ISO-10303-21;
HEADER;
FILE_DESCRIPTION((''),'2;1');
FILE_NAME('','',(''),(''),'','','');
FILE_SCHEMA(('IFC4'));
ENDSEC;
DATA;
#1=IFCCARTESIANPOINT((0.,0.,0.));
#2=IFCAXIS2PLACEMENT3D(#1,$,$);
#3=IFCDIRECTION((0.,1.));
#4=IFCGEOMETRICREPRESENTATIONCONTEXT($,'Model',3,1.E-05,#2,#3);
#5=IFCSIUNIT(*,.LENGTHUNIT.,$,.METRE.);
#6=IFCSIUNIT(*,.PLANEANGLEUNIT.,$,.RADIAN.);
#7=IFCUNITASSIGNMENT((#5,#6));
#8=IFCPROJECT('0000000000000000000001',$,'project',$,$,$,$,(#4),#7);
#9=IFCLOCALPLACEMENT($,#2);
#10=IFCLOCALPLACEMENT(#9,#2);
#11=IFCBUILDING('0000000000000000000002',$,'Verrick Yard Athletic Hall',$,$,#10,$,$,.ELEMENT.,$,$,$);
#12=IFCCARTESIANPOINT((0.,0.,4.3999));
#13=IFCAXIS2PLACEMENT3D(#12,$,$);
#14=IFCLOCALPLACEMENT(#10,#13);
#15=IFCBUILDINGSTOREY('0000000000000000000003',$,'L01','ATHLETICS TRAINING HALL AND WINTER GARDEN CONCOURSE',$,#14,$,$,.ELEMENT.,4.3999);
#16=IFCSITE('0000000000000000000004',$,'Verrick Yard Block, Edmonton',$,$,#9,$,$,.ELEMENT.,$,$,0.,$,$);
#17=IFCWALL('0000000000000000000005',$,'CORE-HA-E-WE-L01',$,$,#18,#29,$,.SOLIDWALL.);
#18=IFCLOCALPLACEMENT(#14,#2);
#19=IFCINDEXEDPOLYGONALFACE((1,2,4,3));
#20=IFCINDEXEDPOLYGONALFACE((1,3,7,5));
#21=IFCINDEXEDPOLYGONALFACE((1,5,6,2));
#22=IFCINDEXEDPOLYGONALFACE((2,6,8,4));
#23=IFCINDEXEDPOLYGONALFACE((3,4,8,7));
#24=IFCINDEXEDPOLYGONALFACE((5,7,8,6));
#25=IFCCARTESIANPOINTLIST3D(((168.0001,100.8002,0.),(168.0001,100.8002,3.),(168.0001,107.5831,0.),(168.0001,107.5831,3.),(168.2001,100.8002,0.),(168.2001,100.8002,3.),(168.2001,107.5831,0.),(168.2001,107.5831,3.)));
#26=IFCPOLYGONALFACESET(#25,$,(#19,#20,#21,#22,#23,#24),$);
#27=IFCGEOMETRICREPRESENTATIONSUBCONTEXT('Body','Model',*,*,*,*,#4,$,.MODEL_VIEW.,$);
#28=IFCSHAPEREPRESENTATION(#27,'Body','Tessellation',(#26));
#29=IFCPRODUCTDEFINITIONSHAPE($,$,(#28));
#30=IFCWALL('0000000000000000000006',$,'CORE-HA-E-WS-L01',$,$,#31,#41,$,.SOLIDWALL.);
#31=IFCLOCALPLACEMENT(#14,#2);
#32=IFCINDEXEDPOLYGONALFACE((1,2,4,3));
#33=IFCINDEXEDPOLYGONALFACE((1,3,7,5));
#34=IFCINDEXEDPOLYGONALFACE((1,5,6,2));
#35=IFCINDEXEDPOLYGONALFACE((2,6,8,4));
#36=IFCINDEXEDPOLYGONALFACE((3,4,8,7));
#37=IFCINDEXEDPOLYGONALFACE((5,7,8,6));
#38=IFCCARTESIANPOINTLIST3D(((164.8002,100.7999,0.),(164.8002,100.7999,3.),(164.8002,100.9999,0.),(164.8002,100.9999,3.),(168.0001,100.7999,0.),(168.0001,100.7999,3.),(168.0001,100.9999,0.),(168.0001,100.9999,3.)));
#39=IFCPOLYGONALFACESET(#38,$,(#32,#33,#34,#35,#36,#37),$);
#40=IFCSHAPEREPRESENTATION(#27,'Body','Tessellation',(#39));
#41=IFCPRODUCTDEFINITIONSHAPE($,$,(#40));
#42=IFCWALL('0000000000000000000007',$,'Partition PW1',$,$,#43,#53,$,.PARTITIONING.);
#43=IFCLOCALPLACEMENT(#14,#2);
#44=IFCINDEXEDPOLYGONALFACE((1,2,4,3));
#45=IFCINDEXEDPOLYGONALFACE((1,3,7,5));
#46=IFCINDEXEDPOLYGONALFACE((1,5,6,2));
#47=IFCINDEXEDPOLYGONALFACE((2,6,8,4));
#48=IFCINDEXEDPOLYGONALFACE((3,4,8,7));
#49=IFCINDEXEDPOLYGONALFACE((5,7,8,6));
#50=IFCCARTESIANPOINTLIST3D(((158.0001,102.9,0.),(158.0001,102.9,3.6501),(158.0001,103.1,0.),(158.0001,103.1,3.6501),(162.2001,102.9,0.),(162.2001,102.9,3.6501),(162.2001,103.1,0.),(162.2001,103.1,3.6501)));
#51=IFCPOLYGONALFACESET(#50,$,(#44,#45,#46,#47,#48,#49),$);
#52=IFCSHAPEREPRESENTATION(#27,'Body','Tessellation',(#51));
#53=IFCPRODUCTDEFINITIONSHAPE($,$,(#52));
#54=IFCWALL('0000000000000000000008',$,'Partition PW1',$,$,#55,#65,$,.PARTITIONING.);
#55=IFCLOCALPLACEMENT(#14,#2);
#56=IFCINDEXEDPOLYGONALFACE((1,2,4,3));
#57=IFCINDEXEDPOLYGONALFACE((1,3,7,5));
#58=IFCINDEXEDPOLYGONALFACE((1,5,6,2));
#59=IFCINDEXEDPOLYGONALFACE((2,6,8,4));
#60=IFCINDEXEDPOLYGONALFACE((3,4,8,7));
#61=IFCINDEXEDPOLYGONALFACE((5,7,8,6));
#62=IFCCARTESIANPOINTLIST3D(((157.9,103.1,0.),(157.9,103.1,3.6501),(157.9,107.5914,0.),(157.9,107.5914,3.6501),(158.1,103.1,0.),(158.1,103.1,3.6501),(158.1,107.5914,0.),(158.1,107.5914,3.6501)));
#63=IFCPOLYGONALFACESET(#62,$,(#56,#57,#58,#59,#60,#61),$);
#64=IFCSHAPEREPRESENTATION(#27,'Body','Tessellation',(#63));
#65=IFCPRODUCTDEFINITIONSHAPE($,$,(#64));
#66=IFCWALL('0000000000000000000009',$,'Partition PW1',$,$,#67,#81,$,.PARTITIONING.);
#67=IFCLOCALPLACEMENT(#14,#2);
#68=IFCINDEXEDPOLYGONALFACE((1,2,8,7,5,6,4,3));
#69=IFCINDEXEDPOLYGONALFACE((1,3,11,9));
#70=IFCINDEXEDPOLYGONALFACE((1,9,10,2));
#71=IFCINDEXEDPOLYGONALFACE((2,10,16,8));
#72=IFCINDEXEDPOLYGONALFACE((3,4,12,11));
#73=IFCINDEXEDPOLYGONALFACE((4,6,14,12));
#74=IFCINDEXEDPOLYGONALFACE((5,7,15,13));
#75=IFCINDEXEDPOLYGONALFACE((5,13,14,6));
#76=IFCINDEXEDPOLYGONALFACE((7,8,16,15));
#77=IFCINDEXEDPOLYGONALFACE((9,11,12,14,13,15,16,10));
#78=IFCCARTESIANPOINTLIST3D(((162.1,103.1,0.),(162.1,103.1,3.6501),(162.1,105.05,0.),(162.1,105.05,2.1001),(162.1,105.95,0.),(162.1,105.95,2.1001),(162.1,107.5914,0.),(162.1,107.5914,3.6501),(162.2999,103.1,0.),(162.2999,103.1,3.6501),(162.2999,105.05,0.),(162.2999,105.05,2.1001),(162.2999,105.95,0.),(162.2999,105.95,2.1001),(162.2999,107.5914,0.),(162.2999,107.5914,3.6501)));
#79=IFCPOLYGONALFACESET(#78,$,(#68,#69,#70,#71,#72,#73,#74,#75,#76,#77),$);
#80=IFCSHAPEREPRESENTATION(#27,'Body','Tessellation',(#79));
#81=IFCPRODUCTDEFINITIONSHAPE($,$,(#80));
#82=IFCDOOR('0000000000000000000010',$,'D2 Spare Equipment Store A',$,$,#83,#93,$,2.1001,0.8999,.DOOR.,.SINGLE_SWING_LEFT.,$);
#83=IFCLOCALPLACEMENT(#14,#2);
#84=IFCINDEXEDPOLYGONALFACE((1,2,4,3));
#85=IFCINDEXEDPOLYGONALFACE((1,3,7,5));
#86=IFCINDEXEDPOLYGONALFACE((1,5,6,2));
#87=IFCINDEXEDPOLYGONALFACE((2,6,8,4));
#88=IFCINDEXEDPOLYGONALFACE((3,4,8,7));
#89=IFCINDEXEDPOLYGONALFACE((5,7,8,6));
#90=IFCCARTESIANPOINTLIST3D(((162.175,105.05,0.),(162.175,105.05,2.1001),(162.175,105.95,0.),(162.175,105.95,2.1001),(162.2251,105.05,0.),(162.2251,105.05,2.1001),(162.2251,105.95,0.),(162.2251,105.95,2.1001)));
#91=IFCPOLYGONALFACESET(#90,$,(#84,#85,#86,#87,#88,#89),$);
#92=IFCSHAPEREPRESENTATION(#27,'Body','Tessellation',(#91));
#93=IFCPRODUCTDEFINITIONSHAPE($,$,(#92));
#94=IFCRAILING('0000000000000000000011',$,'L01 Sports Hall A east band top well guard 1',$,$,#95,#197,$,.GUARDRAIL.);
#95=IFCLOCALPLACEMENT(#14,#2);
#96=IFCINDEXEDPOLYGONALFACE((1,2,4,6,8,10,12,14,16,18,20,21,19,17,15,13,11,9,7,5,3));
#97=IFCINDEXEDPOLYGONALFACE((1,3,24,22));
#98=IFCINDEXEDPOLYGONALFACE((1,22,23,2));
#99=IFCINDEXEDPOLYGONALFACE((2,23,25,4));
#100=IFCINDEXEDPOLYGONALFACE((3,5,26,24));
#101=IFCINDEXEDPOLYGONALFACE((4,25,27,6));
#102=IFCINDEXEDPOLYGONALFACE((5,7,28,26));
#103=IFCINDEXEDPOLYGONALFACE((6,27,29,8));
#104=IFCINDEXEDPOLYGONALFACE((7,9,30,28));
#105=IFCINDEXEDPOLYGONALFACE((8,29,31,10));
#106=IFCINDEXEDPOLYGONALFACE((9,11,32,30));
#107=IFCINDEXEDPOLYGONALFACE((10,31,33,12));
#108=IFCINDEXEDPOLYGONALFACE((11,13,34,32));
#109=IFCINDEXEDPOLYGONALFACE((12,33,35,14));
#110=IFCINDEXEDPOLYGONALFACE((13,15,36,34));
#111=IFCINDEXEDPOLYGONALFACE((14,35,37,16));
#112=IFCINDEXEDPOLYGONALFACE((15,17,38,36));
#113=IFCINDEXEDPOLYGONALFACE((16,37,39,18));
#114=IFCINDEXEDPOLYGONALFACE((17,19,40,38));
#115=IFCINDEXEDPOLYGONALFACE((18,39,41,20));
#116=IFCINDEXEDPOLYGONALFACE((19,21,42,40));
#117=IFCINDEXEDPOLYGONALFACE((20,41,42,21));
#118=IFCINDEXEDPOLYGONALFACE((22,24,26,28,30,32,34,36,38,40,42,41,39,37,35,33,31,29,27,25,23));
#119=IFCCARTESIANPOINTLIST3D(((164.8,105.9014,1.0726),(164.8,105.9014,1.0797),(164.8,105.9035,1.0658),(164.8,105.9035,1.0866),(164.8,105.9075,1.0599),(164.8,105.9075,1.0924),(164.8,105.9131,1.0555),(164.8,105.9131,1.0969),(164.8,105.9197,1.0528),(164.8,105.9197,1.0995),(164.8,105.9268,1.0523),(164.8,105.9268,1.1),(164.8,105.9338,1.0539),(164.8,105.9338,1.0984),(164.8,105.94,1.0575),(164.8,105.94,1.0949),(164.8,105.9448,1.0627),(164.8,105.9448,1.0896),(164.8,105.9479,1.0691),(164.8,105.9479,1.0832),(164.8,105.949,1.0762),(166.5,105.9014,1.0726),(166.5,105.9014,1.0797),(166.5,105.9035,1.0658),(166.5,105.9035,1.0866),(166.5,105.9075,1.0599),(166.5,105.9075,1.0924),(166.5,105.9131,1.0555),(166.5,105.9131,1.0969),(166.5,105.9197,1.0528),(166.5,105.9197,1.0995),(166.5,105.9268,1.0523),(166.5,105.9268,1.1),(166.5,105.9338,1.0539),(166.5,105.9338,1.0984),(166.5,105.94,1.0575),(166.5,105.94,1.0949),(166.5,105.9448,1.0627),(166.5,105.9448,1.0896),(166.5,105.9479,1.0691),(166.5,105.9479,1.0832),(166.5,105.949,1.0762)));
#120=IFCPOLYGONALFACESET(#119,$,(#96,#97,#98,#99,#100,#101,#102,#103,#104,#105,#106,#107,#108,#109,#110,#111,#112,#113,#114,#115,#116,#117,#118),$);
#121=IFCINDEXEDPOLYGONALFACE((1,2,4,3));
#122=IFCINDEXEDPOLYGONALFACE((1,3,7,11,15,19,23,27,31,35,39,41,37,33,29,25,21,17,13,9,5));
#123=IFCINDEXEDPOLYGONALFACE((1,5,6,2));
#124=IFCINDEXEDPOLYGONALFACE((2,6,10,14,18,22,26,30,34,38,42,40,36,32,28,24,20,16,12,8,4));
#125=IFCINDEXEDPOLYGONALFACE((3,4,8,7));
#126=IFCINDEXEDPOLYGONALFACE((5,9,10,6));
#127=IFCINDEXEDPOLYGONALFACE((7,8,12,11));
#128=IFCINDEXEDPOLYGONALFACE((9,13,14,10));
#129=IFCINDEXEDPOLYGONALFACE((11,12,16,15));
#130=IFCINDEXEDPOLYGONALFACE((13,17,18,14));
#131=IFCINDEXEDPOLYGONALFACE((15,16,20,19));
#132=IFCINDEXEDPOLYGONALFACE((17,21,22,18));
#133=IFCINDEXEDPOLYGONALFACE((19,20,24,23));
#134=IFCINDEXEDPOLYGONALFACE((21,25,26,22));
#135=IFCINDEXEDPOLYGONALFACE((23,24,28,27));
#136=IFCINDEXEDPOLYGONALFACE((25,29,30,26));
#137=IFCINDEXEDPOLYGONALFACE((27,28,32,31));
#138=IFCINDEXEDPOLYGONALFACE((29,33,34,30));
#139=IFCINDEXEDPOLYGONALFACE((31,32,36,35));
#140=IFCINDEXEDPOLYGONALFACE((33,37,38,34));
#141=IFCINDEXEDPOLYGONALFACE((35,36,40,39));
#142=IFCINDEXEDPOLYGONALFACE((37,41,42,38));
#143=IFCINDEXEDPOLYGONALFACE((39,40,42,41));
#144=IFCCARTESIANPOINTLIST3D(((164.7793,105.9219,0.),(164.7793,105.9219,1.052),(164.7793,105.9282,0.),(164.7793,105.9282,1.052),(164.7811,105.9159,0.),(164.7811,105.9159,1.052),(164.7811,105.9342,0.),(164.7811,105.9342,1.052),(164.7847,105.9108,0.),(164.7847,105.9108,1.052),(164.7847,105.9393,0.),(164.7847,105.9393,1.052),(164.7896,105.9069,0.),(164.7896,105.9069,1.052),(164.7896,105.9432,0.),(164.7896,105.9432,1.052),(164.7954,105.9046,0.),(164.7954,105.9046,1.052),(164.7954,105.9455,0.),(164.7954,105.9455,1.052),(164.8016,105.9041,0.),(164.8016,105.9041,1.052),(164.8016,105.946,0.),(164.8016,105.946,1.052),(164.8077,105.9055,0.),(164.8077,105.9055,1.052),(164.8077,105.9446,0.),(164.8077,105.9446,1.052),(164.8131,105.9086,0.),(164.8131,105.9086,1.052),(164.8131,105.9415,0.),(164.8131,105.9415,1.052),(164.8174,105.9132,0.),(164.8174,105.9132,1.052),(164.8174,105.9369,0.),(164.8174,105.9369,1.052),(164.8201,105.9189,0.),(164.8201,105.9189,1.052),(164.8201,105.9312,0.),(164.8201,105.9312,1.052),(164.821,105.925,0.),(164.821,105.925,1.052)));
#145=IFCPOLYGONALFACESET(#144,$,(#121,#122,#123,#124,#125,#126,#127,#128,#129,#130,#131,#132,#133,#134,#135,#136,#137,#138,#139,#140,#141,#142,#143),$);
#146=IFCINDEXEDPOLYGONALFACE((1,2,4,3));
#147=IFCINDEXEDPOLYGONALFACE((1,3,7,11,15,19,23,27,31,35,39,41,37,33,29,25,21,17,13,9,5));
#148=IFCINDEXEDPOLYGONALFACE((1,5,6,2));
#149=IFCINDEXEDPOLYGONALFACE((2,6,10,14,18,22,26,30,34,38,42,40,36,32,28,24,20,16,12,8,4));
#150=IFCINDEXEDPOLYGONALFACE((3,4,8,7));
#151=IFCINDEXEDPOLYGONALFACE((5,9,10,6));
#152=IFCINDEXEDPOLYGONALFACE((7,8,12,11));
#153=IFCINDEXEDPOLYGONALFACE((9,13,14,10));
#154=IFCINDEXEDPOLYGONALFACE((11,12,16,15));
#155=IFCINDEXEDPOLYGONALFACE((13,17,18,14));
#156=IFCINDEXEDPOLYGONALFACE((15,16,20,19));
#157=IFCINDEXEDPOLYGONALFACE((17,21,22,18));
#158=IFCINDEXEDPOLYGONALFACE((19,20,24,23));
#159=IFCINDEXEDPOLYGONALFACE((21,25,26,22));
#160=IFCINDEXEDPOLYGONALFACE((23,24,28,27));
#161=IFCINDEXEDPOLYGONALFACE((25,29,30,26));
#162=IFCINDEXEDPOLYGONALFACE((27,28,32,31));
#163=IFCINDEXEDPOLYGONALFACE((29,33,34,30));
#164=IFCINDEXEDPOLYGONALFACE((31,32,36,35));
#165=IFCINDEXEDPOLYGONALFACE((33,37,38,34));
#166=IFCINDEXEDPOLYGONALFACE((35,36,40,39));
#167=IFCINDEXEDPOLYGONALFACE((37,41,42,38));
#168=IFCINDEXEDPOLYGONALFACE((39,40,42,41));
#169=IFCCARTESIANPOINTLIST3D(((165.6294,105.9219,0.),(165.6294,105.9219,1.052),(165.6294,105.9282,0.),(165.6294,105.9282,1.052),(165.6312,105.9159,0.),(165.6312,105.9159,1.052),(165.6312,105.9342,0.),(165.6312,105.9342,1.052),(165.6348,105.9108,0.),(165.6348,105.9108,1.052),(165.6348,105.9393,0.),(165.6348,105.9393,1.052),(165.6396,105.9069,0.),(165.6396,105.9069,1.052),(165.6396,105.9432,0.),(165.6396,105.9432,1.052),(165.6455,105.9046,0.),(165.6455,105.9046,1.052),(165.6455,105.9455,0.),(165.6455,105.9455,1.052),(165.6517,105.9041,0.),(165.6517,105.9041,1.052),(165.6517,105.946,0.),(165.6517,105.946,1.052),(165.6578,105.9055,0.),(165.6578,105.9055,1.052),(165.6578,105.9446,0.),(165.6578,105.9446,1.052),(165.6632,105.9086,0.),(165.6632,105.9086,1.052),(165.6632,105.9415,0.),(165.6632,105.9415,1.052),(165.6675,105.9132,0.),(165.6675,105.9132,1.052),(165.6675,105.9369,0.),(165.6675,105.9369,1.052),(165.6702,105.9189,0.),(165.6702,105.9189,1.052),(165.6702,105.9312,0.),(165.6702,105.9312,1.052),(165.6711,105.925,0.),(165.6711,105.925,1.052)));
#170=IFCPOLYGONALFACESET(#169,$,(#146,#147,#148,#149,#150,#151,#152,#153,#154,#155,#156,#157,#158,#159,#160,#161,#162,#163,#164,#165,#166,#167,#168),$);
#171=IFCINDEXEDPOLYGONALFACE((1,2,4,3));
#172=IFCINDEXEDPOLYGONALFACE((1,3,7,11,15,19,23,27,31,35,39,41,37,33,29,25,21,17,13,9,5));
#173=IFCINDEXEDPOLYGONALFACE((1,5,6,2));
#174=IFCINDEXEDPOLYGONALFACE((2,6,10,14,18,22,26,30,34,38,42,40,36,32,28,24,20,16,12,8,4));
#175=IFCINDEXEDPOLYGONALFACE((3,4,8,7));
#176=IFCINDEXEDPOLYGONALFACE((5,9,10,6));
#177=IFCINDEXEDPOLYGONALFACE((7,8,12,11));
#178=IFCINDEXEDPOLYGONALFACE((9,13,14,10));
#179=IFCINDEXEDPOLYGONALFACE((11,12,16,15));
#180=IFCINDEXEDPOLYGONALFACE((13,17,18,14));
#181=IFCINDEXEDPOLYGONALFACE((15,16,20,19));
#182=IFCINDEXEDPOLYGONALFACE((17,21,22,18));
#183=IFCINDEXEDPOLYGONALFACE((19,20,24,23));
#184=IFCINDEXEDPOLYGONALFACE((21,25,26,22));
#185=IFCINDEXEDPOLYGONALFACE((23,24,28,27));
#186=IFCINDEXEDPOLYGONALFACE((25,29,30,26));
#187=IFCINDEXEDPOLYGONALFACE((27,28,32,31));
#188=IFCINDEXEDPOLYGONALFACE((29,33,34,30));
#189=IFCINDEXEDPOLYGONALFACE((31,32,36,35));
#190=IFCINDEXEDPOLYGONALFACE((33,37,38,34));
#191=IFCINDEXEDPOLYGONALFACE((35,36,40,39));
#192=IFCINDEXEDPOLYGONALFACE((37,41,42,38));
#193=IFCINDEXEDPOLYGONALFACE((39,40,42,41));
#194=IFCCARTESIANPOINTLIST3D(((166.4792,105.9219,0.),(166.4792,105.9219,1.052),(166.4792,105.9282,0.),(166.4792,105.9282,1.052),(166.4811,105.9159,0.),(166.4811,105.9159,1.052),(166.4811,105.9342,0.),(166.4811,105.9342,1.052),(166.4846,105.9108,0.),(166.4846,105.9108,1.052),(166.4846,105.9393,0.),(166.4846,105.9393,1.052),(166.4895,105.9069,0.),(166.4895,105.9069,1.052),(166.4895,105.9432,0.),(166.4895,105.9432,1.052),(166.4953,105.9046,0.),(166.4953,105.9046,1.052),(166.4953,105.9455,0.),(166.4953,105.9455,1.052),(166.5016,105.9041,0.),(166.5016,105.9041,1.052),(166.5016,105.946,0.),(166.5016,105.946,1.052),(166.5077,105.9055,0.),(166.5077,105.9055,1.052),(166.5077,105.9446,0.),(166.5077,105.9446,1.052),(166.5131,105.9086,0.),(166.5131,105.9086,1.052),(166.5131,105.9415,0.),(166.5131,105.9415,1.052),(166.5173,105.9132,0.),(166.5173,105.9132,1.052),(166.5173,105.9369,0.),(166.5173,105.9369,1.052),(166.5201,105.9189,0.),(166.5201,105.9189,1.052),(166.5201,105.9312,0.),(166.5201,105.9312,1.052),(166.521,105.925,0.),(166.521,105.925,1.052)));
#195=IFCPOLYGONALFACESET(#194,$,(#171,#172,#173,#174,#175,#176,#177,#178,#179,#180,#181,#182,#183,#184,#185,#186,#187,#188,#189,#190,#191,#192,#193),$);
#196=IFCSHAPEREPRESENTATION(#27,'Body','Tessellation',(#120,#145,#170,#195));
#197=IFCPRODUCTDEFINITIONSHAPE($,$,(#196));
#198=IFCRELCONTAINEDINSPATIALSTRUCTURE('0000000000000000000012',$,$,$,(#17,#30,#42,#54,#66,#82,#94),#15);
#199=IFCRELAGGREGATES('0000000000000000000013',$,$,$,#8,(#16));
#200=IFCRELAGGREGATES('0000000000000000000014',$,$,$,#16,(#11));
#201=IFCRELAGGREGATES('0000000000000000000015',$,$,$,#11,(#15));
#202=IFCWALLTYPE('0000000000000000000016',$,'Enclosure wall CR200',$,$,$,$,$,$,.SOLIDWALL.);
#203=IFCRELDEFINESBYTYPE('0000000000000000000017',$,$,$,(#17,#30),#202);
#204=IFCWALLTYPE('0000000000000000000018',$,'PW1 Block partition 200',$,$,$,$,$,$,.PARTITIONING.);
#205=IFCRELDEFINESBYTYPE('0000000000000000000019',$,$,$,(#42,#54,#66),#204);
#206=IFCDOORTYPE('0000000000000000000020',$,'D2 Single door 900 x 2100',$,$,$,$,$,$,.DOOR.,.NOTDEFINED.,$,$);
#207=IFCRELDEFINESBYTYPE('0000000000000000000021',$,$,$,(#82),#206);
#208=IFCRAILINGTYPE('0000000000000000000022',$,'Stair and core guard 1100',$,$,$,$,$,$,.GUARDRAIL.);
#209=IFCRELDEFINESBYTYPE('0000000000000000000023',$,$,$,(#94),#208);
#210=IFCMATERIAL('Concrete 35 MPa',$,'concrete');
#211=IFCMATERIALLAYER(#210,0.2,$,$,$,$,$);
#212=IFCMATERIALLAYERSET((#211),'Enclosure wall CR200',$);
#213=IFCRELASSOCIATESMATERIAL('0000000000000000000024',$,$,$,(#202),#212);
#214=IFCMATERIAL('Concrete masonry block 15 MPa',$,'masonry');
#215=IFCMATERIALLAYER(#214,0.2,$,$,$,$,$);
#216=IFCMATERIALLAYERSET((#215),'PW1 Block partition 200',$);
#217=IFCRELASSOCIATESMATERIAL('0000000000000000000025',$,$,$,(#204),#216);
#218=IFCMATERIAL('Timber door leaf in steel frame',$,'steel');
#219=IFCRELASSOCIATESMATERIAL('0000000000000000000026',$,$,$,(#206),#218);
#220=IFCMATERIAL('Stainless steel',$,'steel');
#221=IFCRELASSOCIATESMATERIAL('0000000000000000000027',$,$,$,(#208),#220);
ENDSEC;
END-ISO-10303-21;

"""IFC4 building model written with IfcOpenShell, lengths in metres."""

from ifc_helpers import new_model, si_unit, direction, frame, frame_2d, origin, origin_2d, place, context, subcontext, project, spatial, rectangle, circle, extrude, material, layer, layer_set, type_object, element, fill, save


model = new_model("IFC4")

# Units and contexts
model_context = context("Model", 3, precision=1e-05, world=origin(), true_north=direction((0.0, 1.0)))
body_context = subcontext(model_context, "Body", "Model", "MODEL_VIEW")
ifc_project = project(units=[si_unit("LENGTHUNIT", "METRE"), si_unit("PLANEANGLEUNIT", "RADIAN")], contexts=[model_context])

# Site, building, storey
site_placement = place(None, origin())
site = spatial("IfcSite", under=ifc_project, at=site_placement, Name="Verrick Yard Block, Edmonton", CompositionType="ELEMENT", RefElevation=0.0)
building_placement = place(site_placement, origin())
building = spatial("IfcBuilding", under=site, at=building_placement, Name="Verrick Yard Athletic Hall", CompositionType="ELEMENT")
storey_placement = place(building_placement, frame((0.0, 0.0, 4.3999)))
storey = spatial("IfcBuildingStorey", under=building, at=storey_placement, Name="L01", Description="ATHLETICS TRAINING HALL AND WINTER GARDEN CONCOURSE", CompositionType="ELEMENT", Elevation=4.3999)

# Shared definitions
ifc_material_1 = material(Name="Concrete 35 MPa", Category="concrete")
ifc_layer_1 = layer(ifc_material_1, 0.2)
ifc_layer_set_1 = layer_set([ifc_layer_1], Name="Enclosure wall CR200")
wall_type_1 = type_object("IfcWallType", Name="Enclosure wall CR200", PredefinedType="SOLIDWALL", material=ifc_layer_set_1)

# Walls
wall_1_placement = place(storey_placement, frame((168.1001, 100.8, 0.0), z_axis=(0.0, 0.0, 1.0), x_axis=(0.0, 1.0, 0.0)))
element("IfcWall", 1, at=wall_1_placement, inside=storey, type_object=wall_type_1, Name="CORE-HA-E-WE-L01", PredefinedType="SOLIDWALL", context=body_context, shape_type="SweptSolid", body=[
    extrude(rectangle(XDim=6.783, YDim=0.2, at=frame_2d((3.3916, 0.0))), origin(), (0.0, 0.0, 1.0), 3.0),
])
wall_2_placement = place(storey_placement, frame((164.8, 100.8999, 0.0), z_axis=(0.0, 0.0, 1.0), x_axis=(1.0, 0.0, 0.0)))
element("IfcWall", 2, at=wall_2_placement, inside=storey, type_object=wall_type_1, Name="CORE-HA-E-WS-L01", PredefinedType="SOLIDWALL", context=body_context, shape_type="SweptSolid", body=[
    extrude(rectangle(XDim=3.2, YDim=0.2, at=frame_2d((1.6001, 0.0))), origin(), (0.0, 0.0, 1.0), 3.0),
])
ifc_material_2 = material(Name="Concrete masonry block 15 MPa", Category="masonry")
ifc_layer_2 = layer(ifc_material_2, 0.2)
ifc_layer_set_2 = layer_set([ifc_layer_2], Name="PW1 Block partition 200")
wall_type_2 = type_object("IfcWallType", Name="PW1 Block partition 200", PredefinedType="PARTITIONING", material=ifc_layer_set_2)
wall_3_placement = place(storey_placement, frame((158.0, 103.0, 0.0), z_axis=(0.0, 0.0, 1.0), x_axis=(1.0, 0.0, 0.0)))
element("IfcWall", 3, at=wall_3_placement, inside=storey, type_object=wall_type_2, Name="Partition PW1", PredefinedType="PARTITIONING", context=body_context, shape_type="SweptSolid", body=[
    extrude(rectangle(XDim=4.2, YDim=0.2, at=frame_2d((2.1001, 0.0))), origin(), (0.0, 0.0, 1.0), 3.6501),
])
wall_4_placement = place(storey_placement, frame((158.0, 103.1001, 0.0), z_axis=(0.0, 0.0, 1.0), x_axis=(0.0, 1.0, 0.0)))
element("IfcWall", 4, at=wall_4_placement, inside=storey, type_object=wall_type_2, Name="Partition PW1", PredefinedType="PARTITIONING", context=body_context, shape_type="SweptSolid", body=[
    extrude(rectangle(XDim=4.4915, YDim=0.2, at=frame_2d((2.2456, 0.0))), origin(), (0.0, 0.0, 1.0), 3.6501),
])

# Wall, opening, door
wall_5_placement = place(storey_placement, frame((162.2, 103.1001, 0.0), z_axis=(0.0, 0.0, 1.0), x_axis=(0.0, 1.0, 0.0)))
wall_5 = element("IfcWall", 5, at=wall_5_placement, inside=storey, type_object=wall_type_2, Name="Partition PW1", PredefinedType="PARTITIONING", context=body_context, shape_type="SweptSolid", body=[
    extrude(rectangle(XDim=4.4915, YDim=0.2, at=frame_2d((2.2456, 0.0))), origin(), (0.0, 0.0, 1.0), 3.6501),
])
opening_1_placement = place(wall_5_placement, frame((1.95, 0.0, 0.0)))
opening_1 = element("IfcOpeningElement", 6, at=opening_1_placement, cuts=wall_5, PredefinedType="OPENING", context=body_context, shape_type="SweptSolid", body=[
    extrude(rectangle(XDim=0.8999, YDim=2.1001, at=frame_2d((0.45, 1.05))), frame((0.0, 0.1099, 0.0), z_axis=(0.0, -1.0, 0.0), x_axis=(1.0, 0.0, 0.0)), (0.0, 0.0, 1.0), 0.22),
])
ifc_material_3 = material(Name="Timber door leaf in steel frame", Category="steel")
door_type_1 = type_object("IfcDoorType", Name="D2 Single door 900 x 2100", OperationType="NOTDEFINED", PredefinedType="DOOR", material=ifc_material_3)
door_1_placement = place(opening_1_placement, origin())
door_1 = element("IfcDoor", 7, at=door_1_placement, inside=storey, type_object=door_type_1, Name="D2 Spare Equipment Store A", OperationType="SINGLE_SWING_LEFT", OverallHeight=2.1001, OverallWidth=0.8999, PredefinedType="DOOR", context=body_context, shape_type="SweptSolid", body=[
    extrude(rectangle(XDim=0.8999, YDim=2.1001, at=frame_2d((0.45, 1.05))), frame((0.0, 0.0249, 0.0), z_axis=(0.0, -1.0, 0.0), x_axis=(1.0, 0.0, 0.0)), (0.0, 0.0, 1.0), 0.05),
])
fill(opening_1, door_1)

# Railing
ifc_material_4 = material(Name="Stainless steel", Category="steel")
railing_type = type_object("IfcRailingType", Name="Stair and core guard 1100", PredefinedType="GUARDRAIL", material=ifc_material_4)
railing_placement = place(storey_placement, frame((164.8, 105.925, 0.0)))
element("IfcRailing", 8, at=railing_placement, inside=storey, type_object=railing_type, Name="L01 Sports Hall A east band top well guard 1", PredefinedType="GUARDRAIL", context=body_context, shape_type="SweptSolid", body=[
    extrude(circle(Radius=0.0239, at=origin_2d()), frame((0.0, 0.0, 1.0762), z_axis=(1.0, 0.0, 0.0), x_axis=(0.0, 1.0, 0.0)), (0.0, 0.0, 1.0), 1.7),
    extrude(circle(Radius=0.021, at=origin_2d()), origin(), (0.0, 0.0, 1.0), 1.052),
    extrude(circle(Radius=0.021, at=origin_2d()), frame((0.8501, 0.0, 0.0)), (0.0, 0.0, 1.0), 1.052),
    extrude(circle(Radius=0.021, at=origin_2d()), frame((1.7, 0.0, 0.0)), (0.0, 0.0, 1.0), 1.052),
])

save(model, "model.ifc")
